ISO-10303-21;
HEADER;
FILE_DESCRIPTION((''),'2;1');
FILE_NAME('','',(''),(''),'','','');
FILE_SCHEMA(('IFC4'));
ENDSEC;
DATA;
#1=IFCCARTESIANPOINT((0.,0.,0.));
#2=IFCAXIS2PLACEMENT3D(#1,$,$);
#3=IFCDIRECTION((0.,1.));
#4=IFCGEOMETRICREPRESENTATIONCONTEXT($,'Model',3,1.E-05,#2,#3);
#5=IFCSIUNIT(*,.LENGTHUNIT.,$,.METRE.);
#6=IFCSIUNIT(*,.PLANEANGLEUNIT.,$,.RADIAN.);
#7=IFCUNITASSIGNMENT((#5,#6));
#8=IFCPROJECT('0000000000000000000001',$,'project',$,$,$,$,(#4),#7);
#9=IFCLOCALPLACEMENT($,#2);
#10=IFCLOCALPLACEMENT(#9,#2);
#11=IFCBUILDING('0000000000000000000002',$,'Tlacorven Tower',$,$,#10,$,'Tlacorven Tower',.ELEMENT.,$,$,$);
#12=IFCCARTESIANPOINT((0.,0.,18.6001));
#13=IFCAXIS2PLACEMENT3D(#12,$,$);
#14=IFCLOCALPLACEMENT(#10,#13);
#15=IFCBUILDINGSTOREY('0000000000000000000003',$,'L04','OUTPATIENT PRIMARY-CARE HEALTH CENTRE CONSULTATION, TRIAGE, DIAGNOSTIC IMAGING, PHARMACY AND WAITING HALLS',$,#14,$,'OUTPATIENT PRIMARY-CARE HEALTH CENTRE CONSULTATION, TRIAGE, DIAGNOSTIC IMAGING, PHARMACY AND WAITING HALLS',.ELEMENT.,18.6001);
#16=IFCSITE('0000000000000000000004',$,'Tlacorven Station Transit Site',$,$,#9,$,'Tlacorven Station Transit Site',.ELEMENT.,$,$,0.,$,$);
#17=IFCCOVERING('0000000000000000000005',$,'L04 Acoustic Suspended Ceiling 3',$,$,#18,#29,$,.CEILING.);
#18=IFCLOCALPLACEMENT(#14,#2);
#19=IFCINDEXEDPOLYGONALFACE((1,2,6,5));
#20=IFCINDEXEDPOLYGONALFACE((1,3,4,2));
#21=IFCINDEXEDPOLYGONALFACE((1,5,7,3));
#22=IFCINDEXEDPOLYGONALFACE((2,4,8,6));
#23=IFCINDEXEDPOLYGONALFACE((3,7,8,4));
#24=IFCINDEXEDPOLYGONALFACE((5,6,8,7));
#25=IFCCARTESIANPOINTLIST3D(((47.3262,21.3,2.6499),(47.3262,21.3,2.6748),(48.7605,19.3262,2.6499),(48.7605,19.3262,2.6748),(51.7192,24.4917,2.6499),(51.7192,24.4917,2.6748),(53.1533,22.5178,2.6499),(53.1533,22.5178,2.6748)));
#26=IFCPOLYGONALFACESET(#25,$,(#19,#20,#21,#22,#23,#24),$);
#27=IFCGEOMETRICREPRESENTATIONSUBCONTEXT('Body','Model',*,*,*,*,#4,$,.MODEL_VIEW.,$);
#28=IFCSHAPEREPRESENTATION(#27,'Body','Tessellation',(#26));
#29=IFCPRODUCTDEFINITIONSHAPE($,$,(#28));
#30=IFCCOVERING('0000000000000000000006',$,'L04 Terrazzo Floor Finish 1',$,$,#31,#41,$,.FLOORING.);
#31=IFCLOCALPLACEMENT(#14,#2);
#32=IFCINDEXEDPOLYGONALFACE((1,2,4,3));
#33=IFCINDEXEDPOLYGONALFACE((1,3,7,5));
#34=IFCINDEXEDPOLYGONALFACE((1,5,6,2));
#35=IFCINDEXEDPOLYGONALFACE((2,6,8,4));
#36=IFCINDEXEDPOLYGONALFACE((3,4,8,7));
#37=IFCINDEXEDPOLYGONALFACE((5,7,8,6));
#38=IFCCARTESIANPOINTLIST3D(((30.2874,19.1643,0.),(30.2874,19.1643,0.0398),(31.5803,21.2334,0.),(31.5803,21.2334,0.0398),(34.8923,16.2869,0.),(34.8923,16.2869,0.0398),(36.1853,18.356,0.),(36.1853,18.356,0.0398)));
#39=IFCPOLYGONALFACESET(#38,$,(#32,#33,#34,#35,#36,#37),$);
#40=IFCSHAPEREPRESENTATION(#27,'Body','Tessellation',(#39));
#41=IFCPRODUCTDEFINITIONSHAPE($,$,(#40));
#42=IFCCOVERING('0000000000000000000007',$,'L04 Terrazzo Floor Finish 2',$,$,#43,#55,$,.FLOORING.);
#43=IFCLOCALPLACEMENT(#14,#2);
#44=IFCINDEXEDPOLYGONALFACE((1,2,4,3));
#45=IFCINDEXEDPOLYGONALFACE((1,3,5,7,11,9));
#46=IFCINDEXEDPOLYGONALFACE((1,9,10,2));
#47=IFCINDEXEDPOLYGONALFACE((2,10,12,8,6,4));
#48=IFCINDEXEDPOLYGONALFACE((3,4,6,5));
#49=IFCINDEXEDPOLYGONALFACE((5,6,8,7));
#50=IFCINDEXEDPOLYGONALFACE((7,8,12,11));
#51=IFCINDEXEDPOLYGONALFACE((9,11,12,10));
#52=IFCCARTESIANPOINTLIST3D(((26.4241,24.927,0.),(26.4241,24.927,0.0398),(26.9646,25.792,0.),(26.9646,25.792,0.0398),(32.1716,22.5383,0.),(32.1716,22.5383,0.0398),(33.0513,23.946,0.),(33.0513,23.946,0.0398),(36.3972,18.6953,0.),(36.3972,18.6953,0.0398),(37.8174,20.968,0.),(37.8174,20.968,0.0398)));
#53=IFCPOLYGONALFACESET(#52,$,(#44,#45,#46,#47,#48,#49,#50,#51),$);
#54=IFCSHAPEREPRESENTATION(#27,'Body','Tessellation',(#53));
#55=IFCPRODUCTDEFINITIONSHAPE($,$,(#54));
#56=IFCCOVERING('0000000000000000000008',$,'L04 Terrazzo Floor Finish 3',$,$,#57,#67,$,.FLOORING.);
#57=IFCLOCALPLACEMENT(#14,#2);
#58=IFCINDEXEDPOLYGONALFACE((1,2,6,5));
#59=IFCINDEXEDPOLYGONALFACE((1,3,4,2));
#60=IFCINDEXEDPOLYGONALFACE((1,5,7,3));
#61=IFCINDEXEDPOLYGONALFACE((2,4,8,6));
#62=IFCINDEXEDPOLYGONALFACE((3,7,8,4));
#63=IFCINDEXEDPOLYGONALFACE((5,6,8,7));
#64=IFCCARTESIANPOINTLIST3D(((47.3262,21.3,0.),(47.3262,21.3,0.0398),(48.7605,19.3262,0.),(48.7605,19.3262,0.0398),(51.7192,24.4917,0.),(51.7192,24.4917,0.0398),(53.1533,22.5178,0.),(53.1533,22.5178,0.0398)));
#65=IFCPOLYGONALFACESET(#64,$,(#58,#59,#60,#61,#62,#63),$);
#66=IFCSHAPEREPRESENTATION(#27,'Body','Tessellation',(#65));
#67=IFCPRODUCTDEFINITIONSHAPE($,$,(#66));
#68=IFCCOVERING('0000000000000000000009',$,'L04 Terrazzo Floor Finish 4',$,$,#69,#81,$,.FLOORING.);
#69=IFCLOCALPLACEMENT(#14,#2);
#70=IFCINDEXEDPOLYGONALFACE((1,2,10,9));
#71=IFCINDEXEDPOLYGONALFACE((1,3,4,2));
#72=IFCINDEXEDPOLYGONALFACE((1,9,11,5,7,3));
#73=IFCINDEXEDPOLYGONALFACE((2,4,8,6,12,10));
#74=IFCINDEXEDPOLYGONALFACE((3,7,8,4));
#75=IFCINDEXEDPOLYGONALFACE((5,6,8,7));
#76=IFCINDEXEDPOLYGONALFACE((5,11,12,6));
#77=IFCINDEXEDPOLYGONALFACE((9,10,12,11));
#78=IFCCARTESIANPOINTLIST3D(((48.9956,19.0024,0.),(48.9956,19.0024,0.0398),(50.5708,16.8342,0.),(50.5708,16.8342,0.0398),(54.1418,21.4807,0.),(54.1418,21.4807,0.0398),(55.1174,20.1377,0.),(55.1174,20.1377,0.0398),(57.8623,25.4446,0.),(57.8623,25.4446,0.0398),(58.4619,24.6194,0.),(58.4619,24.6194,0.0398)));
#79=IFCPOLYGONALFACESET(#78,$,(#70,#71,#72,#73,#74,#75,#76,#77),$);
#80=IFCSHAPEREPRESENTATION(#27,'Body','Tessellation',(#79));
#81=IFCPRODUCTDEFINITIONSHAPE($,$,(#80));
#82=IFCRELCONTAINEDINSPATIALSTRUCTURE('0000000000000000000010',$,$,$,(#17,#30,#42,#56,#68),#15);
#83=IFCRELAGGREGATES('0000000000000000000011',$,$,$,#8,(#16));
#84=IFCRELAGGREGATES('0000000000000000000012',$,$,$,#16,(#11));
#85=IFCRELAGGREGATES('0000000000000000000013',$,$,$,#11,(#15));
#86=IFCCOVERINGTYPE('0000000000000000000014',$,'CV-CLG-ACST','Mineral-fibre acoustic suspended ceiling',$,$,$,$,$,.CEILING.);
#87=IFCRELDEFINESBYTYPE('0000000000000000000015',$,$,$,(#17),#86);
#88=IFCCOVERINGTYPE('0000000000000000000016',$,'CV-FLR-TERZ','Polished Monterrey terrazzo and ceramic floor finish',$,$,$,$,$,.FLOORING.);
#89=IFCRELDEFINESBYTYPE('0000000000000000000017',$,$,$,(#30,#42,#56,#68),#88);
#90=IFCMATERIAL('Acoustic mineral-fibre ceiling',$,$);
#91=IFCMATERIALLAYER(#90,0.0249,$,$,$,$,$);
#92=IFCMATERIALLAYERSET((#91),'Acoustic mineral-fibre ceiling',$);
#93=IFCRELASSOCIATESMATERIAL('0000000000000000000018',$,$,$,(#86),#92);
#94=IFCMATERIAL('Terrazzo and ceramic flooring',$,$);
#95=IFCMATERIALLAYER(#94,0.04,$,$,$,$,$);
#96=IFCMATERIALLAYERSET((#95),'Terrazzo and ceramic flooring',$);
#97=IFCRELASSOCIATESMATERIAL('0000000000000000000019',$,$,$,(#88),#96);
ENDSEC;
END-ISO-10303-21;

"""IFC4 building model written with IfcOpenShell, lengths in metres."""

from ifc_helpers import new_model, si_unit, direction, frame, origin, place, context, subcontext, project, spatial, polyline, outline, extrude, material, layer, layer_set, type_object, element, save


model = new_model("IFC4")

# Units and contexts
model_context = context("Model", 3, precision=1e-05, world=origin(), true_north=direction((0.0, 1.0)))
body_context = subcontext(model_context, "Body", "Model", "MODEL_VIEW")
ifc_project = project(units=[si_unit("LENGTHUNIT", "METRE"), si_unit("PLANEANGLEUNIT", "RADIAN")], contexts=[model_context])

# Site, building, storey
site_placement = place(None, origin())
site = spatial("IfcSite", under=ifc_project, at=site_placement, Name="Tlacorven Station Transit Site", LongName="Tlacorven Station Transit Site", CompositionType="ELEMENT", RefElevation=0.0)
building_placement = place(site_placement, origin())
building = spatial("IfcBuilding", under=site, at=building_placement, Name="Tlacorven Tower", LongName="Tlacorven Tower", CompositionType="ELEMENT")
storey_placement = place(building_placement, frame((0.0, 0.0, 18.6001)))
storey = spatial("IfcBuildingStorey", under=building, at=storey_placement, Name="L04", Description="OUTPATIENT PRIMARY-CARE HEALTH CENTRE CONSULTATION, TRIAGE, DIAGNOSTIC IMAGING, PHARMACY AND WAITING HALLS", LongName="OUTPATIENT PRIMARY-CARE HEALTH CENTRE CONSULTATION, TRIAGE, DIAGNOSTIC IMAGING, PHARMACY AND WAITING HALLS", CompositionType="ELEMENT", Elevation=18.6001)

# Coverings
ifc_material_1 = material(Name="Acoustic mineral-fibre ceiling")
ifc_layer_1 = layer(ifc_material_1, 0.0249)
ifc_layer_set_1 = layer_set([ifc_layer_1], Name="Acoustic mineral-fibre ceiling")
covering_type_1 = type_object("IfcCoveringType", Name="CV-CLG-ACST", Description="Mineral-fibre acoustic suspended ceiling", PredefinedType="CEILING", material=ifc_layer_set_1)
covering_1_placement = place(storey_placement, frame((0.0, 0.0, 2.6499)))
element("IfcCovering", 1, at=covering_1_placement, inside=storey, type_object=covering_type_1, Name="L04 Acoustic Suspended Ceiling 3", PredefinedType="CEILING", context=body_context, shape_type="SweptSolid", body=[
    extrude(outline(polyline([(48.7605, 19.3262), (47.3262, 21.3), (51.7192, 24.4917), (53.1533, 22.5178), (48.7605, 19.3262)])), origin(), (0.0, 0.0, 1.0), 0.0249),
])
ifc_material_2 = material(Name="Terrazzo and ceramic flooring")
ifc_layer_2 = layer(ifc_material_2, 0.04)
ifc_layer_set_2 = layer_set([ifc_layer_2], Name="Terrazzo and ceramic flooring")
covering_type_2 = type_object("IfcCoveringType", Name="CV-FLR-TERZ", Description="Polished Monterrey terrazzo and ceramic floor finish", PredefinedType="FLOORING", material=ifc_layer_set_2)
covering_2_placement = place(storey_placement, origin())
element("IfcCovering", 2, at=covering_2_placement, inside=storey, type_object=covering_type_2, Name="L04 Terrazzo Floor Finish 1", PredefinedType="FLOORING", context=body_context, shape_type="SweptSolid", body=[
    extrude(outline(polyline([(36.1853, 18.356), (34.8923, 16.2869), (30.2874, 19.1643), (31.5803, 21.2334), (36.1853, 18.356)])), origin(), (0.0, 0.0, 1.0), 0.0398),
])
covering_3_placement = place(storey_placement, origin())
element("IfcCovering", 3, at=covering_3_placement, inside=storey, type_object=covering_type_2, Name="L04 Terrazzo Floor Finish 2", PredefinedType="FLOORING", context=body_context, shape_type="SweptSolid", body=[
    extrude(outline(polyline([(37.8174, 20.968), (36.3972, 18.6953), (26.4241, 24.927), (26.9646, 25.792), (32.1716, 22.5383), (33.0513, 23.946), (37.8174, 20.968)])), origin(), (0.0, 0.0, 1.0), 0.0398),
])
covering_4_placement = place(storey_placement, origin())
element("IfcCovering", 4, at=covering_4_placement, inside=storey, type_object=covering_type_2, Name="L04 Terrazzo Floor Finish 3", PredefinedType="FLOORING", context=body_context, shape_type="SweptSolid", body=[
    extrude(outline(polyline([(48.7605, 19.3262), (47.3262, 21.3), (51.7192, 24.4917), (53.1533, 22.5178), (48.7605, 19.3262)])), origin(), (0.0, 0.0, 1.0), 0.0398),
])
covering_5_placement = place(storey_placement, origin())
element("IfcCovering", 5, at=covering_5_placement, inside=storey, type_object=covering_type_2, Name="L04 Terrazzo Floor Finish 4", PredefinedType="FLOORING", context=body_context, shape_type="SweptSolid", body=[
    extrude(outline(polyline([(50.5708, 16.8342), (48.9956, 19.0024), (57.8623, 25.4446), (58.4619, 24.6194), (54.1418, 21.4807), (55.1174, 20.1377), (50.5708, 16.8342)])), origin(), (0.0, 0.0, 1.0), 0.0398),
])

save(model, "model.ifc")
